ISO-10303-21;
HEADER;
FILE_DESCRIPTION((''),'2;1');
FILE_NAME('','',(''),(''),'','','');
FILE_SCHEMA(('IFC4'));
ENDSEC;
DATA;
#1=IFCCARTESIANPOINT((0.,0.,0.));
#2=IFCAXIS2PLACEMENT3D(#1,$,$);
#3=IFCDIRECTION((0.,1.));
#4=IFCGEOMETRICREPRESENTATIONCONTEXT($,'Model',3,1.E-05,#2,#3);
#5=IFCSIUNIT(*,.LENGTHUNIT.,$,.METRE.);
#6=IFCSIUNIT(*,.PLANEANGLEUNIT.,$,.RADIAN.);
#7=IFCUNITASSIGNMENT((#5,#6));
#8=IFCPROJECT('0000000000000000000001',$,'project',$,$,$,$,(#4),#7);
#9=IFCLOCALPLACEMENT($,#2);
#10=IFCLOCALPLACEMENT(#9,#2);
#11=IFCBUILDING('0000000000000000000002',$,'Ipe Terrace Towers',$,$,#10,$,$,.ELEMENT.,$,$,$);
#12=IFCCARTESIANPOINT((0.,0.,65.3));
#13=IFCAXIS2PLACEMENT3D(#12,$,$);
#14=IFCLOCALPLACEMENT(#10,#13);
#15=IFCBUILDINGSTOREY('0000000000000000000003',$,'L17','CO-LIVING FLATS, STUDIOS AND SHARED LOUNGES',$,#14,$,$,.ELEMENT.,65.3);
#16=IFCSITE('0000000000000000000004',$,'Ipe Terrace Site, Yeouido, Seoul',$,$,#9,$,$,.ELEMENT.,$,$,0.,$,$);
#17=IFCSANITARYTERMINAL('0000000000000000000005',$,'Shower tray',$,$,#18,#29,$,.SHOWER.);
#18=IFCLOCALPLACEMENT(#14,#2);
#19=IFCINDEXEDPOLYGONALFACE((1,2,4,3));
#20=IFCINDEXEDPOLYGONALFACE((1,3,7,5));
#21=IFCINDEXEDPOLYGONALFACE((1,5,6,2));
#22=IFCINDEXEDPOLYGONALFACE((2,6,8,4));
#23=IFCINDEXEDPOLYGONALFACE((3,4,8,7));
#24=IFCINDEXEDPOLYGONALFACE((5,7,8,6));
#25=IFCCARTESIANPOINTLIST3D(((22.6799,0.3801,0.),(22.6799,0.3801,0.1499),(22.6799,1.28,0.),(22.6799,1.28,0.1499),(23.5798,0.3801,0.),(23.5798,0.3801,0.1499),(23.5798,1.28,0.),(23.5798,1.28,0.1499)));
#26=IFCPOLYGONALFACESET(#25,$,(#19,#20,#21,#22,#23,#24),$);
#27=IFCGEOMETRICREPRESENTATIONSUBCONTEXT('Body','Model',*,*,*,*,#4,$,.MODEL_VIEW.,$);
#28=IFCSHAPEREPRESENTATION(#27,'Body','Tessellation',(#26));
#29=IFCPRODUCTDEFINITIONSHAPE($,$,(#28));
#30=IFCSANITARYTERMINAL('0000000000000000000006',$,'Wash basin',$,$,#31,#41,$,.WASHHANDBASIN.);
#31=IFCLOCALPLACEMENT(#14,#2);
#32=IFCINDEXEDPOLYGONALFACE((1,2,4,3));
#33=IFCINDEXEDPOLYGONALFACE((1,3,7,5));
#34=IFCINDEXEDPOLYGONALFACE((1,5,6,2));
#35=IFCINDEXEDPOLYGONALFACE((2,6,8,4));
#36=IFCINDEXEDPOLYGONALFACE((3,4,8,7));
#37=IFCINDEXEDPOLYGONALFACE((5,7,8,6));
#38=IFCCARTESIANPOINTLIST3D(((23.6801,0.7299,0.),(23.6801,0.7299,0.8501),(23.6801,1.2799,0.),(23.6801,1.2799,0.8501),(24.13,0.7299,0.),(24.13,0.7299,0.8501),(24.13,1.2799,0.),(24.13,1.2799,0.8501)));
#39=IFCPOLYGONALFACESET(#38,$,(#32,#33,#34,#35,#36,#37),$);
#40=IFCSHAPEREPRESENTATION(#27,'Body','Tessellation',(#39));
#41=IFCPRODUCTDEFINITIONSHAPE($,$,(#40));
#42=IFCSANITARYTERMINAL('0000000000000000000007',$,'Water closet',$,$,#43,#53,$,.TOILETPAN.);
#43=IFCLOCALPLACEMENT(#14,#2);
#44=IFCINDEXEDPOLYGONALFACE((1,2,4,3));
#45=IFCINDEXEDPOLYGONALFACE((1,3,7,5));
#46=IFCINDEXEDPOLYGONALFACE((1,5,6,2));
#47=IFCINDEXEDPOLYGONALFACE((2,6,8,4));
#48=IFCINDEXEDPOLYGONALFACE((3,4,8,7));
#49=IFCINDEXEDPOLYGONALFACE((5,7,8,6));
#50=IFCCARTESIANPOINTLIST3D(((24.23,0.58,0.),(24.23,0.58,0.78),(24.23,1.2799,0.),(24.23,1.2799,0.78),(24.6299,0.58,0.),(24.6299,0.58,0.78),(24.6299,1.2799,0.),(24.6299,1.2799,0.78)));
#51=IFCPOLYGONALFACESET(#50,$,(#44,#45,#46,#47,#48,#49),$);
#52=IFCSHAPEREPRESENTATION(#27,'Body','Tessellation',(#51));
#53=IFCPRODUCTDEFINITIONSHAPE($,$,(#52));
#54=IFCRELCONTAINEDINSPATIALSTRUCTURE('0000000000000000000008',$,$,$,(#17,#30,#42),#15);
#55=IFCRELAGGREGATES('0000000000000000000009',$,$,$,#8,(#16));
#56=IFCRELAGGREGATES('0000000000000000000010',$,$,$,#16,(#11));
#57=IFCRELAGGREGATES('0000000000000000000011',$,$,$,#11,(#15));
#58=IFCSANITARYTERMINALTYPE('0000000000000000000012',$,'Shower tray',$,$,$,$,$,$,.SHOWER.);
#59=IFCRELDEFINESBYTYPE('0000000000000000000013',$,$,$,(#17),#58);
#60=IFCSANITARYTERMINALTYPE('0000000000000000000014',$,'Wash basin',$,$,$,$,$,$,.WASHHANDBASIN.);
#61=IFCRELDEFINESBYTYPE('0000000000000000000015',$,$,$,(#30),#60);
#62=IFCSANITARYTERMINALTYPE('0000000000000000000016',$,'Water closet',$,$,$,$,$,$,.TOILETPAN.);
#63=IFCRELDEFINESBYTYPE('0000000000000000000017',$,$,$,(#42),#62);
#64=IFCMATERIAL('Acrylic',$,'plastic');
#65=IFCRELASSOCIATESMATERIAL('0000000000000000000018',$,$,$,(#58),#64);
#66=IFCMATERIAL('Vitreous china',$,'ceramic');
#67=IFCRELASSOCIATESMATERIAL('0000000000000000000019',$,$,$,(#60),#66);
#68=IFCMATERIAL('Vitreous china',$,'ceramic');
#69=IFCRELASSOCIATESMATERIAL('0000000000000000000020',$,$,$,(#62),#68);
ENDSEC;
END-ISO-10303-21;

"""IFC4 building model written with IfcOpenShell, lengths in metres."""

from ifc_helpers import new_model, si_unit, direction, frame, origin, origin_2d, place, context, subcontext, project, spatial, rectangle, extrude, material, type_object, element, save


model = new_model("IFC4")

# Units and contexts
model_context = context("Model", 3, precision=1e-05, world=origin(), true_north=direction((0.0, 1.0)))
body_context = subcontext(model_context, "Body", "Model", "MODEL_VIEW")
ifc_project = project(units=[si_unit("LENGTHUNIT", "METRE"), si_unit("PLANEANGLEUNIT", "RADIAN")], contexts=[model_context])

# Site, building, storey
site_placement = place(None, origin())
site = spatial("IfcSite", under=ifc_project, at=site_placement, Name="Ipe Terrace Site, Yeouido, Seoul", CompositionType="ELEMENT", RefElevation=0.0)
building_placement = place(site_placement, origin())
building = spatial("IfcBuilding", under=site, at=building_placement, Name="Ipe Terrace Towers", CompositionType="ELEMENT")
storey_placement = place(building_placement, frame((0.0, 0.0, 65.3)))
storey = spatial("IfcBuildingStorey", under=building, at=storey_placement, Name="L17", Description="CO-LIVING FLATS, STUDIOS AND SHARED LOUNGES", CompositionType="ELEMENT", Elevation=65.3)

# Sanitary terminals
ifc_material_1 = material(Name="Acrylic", Category="plastic")
sanitary_terminal_type_1 = type_object("IfcSanitaryTerminalType", Name="Shower tray", PredefinedType="SHOWER", material=ifc_material_1)
sanitary_terminal_1_placement = place(storey_placement, frame((23.1299, 0.8301, 0.0), z_axis=(0.0, 0.0, 1.0), x_axis=(0.0, -1.0, 0.0)))
element("IfcSanitaryTerminal", 1, at=sanitary_terminal_1_placement, inside=storey, type_object=sanitary_terminal_type_1, Name="Shower tray", PredefinedType="SHOWER", context=body_context, shape_type="SweptSolid", body=[
    extrude(rectangle(XDim=0.8999, YDim=0.8999, at=origin_2d()), origin(), (0.0, 0.0, 1.0), 0.1499),
])
ifc_material_2 = material(Name="Vitreous china", Category="ceramic")
sanitary_terminal_type_2 = type_object("IfcSanitaryTerminalType", Name="Wash basin", PredefinedType="WASHHANDBASIN", material=ifc_material_2)
sanitary_terminal_2_placement = place(storey_placement, frame((23.905, 1.0049, 0.0), z_axis=(0.0, 0.0, 1.0), x_axis=(0.0, -1.0, 0.0)))
element("IfcSanitaryTerminal", 2, at=sanitary_terminal_2_placement, inside=storey, type_object=sanitary_terminal_type_2, Name="Wash basin", PredefinedType="WASHHANDBASIN", context=body_context, shape_type="SweptSolid", body=[
    extrude(rectangle(XDim=0.55, YDim=0.45, at=origin_2d()), origin(), (0.0, 0.0, 1.0), 0.8501),
])
ifc_material_3 = material(Name="Vitreous china", Category="ceramic")
sanitary_terminal_type_3 = type_object("IfcSanitaryTerminalType", Name="Water closet", PredefinedType="TOILETPAN", material=ifc_material_3)
sanitary_terminal_3_placement = place(storey_placement, frame((24.4299, 0.9299, 0.0), z_axis=(0.0, 0.0, 1.0), x_axis=(0.0, -1.0, 0.0)))
element("IfcSanitaryTerminal", 3, at=sanitary_terminal_3_placement, inside=storey, type_object=sanitary_terminal_type_3, Name="Water closet", PredefinedType="TOILETPAN", context=body_context, shape_type="SweptSolid", body=[
    extrude(rectangle(XDim=0.7, YDim=0.3999, at=origin_2d()), origin(), (0.0, 0.0, 1.0), 0.78),
])

save(model, "model.ifc")
